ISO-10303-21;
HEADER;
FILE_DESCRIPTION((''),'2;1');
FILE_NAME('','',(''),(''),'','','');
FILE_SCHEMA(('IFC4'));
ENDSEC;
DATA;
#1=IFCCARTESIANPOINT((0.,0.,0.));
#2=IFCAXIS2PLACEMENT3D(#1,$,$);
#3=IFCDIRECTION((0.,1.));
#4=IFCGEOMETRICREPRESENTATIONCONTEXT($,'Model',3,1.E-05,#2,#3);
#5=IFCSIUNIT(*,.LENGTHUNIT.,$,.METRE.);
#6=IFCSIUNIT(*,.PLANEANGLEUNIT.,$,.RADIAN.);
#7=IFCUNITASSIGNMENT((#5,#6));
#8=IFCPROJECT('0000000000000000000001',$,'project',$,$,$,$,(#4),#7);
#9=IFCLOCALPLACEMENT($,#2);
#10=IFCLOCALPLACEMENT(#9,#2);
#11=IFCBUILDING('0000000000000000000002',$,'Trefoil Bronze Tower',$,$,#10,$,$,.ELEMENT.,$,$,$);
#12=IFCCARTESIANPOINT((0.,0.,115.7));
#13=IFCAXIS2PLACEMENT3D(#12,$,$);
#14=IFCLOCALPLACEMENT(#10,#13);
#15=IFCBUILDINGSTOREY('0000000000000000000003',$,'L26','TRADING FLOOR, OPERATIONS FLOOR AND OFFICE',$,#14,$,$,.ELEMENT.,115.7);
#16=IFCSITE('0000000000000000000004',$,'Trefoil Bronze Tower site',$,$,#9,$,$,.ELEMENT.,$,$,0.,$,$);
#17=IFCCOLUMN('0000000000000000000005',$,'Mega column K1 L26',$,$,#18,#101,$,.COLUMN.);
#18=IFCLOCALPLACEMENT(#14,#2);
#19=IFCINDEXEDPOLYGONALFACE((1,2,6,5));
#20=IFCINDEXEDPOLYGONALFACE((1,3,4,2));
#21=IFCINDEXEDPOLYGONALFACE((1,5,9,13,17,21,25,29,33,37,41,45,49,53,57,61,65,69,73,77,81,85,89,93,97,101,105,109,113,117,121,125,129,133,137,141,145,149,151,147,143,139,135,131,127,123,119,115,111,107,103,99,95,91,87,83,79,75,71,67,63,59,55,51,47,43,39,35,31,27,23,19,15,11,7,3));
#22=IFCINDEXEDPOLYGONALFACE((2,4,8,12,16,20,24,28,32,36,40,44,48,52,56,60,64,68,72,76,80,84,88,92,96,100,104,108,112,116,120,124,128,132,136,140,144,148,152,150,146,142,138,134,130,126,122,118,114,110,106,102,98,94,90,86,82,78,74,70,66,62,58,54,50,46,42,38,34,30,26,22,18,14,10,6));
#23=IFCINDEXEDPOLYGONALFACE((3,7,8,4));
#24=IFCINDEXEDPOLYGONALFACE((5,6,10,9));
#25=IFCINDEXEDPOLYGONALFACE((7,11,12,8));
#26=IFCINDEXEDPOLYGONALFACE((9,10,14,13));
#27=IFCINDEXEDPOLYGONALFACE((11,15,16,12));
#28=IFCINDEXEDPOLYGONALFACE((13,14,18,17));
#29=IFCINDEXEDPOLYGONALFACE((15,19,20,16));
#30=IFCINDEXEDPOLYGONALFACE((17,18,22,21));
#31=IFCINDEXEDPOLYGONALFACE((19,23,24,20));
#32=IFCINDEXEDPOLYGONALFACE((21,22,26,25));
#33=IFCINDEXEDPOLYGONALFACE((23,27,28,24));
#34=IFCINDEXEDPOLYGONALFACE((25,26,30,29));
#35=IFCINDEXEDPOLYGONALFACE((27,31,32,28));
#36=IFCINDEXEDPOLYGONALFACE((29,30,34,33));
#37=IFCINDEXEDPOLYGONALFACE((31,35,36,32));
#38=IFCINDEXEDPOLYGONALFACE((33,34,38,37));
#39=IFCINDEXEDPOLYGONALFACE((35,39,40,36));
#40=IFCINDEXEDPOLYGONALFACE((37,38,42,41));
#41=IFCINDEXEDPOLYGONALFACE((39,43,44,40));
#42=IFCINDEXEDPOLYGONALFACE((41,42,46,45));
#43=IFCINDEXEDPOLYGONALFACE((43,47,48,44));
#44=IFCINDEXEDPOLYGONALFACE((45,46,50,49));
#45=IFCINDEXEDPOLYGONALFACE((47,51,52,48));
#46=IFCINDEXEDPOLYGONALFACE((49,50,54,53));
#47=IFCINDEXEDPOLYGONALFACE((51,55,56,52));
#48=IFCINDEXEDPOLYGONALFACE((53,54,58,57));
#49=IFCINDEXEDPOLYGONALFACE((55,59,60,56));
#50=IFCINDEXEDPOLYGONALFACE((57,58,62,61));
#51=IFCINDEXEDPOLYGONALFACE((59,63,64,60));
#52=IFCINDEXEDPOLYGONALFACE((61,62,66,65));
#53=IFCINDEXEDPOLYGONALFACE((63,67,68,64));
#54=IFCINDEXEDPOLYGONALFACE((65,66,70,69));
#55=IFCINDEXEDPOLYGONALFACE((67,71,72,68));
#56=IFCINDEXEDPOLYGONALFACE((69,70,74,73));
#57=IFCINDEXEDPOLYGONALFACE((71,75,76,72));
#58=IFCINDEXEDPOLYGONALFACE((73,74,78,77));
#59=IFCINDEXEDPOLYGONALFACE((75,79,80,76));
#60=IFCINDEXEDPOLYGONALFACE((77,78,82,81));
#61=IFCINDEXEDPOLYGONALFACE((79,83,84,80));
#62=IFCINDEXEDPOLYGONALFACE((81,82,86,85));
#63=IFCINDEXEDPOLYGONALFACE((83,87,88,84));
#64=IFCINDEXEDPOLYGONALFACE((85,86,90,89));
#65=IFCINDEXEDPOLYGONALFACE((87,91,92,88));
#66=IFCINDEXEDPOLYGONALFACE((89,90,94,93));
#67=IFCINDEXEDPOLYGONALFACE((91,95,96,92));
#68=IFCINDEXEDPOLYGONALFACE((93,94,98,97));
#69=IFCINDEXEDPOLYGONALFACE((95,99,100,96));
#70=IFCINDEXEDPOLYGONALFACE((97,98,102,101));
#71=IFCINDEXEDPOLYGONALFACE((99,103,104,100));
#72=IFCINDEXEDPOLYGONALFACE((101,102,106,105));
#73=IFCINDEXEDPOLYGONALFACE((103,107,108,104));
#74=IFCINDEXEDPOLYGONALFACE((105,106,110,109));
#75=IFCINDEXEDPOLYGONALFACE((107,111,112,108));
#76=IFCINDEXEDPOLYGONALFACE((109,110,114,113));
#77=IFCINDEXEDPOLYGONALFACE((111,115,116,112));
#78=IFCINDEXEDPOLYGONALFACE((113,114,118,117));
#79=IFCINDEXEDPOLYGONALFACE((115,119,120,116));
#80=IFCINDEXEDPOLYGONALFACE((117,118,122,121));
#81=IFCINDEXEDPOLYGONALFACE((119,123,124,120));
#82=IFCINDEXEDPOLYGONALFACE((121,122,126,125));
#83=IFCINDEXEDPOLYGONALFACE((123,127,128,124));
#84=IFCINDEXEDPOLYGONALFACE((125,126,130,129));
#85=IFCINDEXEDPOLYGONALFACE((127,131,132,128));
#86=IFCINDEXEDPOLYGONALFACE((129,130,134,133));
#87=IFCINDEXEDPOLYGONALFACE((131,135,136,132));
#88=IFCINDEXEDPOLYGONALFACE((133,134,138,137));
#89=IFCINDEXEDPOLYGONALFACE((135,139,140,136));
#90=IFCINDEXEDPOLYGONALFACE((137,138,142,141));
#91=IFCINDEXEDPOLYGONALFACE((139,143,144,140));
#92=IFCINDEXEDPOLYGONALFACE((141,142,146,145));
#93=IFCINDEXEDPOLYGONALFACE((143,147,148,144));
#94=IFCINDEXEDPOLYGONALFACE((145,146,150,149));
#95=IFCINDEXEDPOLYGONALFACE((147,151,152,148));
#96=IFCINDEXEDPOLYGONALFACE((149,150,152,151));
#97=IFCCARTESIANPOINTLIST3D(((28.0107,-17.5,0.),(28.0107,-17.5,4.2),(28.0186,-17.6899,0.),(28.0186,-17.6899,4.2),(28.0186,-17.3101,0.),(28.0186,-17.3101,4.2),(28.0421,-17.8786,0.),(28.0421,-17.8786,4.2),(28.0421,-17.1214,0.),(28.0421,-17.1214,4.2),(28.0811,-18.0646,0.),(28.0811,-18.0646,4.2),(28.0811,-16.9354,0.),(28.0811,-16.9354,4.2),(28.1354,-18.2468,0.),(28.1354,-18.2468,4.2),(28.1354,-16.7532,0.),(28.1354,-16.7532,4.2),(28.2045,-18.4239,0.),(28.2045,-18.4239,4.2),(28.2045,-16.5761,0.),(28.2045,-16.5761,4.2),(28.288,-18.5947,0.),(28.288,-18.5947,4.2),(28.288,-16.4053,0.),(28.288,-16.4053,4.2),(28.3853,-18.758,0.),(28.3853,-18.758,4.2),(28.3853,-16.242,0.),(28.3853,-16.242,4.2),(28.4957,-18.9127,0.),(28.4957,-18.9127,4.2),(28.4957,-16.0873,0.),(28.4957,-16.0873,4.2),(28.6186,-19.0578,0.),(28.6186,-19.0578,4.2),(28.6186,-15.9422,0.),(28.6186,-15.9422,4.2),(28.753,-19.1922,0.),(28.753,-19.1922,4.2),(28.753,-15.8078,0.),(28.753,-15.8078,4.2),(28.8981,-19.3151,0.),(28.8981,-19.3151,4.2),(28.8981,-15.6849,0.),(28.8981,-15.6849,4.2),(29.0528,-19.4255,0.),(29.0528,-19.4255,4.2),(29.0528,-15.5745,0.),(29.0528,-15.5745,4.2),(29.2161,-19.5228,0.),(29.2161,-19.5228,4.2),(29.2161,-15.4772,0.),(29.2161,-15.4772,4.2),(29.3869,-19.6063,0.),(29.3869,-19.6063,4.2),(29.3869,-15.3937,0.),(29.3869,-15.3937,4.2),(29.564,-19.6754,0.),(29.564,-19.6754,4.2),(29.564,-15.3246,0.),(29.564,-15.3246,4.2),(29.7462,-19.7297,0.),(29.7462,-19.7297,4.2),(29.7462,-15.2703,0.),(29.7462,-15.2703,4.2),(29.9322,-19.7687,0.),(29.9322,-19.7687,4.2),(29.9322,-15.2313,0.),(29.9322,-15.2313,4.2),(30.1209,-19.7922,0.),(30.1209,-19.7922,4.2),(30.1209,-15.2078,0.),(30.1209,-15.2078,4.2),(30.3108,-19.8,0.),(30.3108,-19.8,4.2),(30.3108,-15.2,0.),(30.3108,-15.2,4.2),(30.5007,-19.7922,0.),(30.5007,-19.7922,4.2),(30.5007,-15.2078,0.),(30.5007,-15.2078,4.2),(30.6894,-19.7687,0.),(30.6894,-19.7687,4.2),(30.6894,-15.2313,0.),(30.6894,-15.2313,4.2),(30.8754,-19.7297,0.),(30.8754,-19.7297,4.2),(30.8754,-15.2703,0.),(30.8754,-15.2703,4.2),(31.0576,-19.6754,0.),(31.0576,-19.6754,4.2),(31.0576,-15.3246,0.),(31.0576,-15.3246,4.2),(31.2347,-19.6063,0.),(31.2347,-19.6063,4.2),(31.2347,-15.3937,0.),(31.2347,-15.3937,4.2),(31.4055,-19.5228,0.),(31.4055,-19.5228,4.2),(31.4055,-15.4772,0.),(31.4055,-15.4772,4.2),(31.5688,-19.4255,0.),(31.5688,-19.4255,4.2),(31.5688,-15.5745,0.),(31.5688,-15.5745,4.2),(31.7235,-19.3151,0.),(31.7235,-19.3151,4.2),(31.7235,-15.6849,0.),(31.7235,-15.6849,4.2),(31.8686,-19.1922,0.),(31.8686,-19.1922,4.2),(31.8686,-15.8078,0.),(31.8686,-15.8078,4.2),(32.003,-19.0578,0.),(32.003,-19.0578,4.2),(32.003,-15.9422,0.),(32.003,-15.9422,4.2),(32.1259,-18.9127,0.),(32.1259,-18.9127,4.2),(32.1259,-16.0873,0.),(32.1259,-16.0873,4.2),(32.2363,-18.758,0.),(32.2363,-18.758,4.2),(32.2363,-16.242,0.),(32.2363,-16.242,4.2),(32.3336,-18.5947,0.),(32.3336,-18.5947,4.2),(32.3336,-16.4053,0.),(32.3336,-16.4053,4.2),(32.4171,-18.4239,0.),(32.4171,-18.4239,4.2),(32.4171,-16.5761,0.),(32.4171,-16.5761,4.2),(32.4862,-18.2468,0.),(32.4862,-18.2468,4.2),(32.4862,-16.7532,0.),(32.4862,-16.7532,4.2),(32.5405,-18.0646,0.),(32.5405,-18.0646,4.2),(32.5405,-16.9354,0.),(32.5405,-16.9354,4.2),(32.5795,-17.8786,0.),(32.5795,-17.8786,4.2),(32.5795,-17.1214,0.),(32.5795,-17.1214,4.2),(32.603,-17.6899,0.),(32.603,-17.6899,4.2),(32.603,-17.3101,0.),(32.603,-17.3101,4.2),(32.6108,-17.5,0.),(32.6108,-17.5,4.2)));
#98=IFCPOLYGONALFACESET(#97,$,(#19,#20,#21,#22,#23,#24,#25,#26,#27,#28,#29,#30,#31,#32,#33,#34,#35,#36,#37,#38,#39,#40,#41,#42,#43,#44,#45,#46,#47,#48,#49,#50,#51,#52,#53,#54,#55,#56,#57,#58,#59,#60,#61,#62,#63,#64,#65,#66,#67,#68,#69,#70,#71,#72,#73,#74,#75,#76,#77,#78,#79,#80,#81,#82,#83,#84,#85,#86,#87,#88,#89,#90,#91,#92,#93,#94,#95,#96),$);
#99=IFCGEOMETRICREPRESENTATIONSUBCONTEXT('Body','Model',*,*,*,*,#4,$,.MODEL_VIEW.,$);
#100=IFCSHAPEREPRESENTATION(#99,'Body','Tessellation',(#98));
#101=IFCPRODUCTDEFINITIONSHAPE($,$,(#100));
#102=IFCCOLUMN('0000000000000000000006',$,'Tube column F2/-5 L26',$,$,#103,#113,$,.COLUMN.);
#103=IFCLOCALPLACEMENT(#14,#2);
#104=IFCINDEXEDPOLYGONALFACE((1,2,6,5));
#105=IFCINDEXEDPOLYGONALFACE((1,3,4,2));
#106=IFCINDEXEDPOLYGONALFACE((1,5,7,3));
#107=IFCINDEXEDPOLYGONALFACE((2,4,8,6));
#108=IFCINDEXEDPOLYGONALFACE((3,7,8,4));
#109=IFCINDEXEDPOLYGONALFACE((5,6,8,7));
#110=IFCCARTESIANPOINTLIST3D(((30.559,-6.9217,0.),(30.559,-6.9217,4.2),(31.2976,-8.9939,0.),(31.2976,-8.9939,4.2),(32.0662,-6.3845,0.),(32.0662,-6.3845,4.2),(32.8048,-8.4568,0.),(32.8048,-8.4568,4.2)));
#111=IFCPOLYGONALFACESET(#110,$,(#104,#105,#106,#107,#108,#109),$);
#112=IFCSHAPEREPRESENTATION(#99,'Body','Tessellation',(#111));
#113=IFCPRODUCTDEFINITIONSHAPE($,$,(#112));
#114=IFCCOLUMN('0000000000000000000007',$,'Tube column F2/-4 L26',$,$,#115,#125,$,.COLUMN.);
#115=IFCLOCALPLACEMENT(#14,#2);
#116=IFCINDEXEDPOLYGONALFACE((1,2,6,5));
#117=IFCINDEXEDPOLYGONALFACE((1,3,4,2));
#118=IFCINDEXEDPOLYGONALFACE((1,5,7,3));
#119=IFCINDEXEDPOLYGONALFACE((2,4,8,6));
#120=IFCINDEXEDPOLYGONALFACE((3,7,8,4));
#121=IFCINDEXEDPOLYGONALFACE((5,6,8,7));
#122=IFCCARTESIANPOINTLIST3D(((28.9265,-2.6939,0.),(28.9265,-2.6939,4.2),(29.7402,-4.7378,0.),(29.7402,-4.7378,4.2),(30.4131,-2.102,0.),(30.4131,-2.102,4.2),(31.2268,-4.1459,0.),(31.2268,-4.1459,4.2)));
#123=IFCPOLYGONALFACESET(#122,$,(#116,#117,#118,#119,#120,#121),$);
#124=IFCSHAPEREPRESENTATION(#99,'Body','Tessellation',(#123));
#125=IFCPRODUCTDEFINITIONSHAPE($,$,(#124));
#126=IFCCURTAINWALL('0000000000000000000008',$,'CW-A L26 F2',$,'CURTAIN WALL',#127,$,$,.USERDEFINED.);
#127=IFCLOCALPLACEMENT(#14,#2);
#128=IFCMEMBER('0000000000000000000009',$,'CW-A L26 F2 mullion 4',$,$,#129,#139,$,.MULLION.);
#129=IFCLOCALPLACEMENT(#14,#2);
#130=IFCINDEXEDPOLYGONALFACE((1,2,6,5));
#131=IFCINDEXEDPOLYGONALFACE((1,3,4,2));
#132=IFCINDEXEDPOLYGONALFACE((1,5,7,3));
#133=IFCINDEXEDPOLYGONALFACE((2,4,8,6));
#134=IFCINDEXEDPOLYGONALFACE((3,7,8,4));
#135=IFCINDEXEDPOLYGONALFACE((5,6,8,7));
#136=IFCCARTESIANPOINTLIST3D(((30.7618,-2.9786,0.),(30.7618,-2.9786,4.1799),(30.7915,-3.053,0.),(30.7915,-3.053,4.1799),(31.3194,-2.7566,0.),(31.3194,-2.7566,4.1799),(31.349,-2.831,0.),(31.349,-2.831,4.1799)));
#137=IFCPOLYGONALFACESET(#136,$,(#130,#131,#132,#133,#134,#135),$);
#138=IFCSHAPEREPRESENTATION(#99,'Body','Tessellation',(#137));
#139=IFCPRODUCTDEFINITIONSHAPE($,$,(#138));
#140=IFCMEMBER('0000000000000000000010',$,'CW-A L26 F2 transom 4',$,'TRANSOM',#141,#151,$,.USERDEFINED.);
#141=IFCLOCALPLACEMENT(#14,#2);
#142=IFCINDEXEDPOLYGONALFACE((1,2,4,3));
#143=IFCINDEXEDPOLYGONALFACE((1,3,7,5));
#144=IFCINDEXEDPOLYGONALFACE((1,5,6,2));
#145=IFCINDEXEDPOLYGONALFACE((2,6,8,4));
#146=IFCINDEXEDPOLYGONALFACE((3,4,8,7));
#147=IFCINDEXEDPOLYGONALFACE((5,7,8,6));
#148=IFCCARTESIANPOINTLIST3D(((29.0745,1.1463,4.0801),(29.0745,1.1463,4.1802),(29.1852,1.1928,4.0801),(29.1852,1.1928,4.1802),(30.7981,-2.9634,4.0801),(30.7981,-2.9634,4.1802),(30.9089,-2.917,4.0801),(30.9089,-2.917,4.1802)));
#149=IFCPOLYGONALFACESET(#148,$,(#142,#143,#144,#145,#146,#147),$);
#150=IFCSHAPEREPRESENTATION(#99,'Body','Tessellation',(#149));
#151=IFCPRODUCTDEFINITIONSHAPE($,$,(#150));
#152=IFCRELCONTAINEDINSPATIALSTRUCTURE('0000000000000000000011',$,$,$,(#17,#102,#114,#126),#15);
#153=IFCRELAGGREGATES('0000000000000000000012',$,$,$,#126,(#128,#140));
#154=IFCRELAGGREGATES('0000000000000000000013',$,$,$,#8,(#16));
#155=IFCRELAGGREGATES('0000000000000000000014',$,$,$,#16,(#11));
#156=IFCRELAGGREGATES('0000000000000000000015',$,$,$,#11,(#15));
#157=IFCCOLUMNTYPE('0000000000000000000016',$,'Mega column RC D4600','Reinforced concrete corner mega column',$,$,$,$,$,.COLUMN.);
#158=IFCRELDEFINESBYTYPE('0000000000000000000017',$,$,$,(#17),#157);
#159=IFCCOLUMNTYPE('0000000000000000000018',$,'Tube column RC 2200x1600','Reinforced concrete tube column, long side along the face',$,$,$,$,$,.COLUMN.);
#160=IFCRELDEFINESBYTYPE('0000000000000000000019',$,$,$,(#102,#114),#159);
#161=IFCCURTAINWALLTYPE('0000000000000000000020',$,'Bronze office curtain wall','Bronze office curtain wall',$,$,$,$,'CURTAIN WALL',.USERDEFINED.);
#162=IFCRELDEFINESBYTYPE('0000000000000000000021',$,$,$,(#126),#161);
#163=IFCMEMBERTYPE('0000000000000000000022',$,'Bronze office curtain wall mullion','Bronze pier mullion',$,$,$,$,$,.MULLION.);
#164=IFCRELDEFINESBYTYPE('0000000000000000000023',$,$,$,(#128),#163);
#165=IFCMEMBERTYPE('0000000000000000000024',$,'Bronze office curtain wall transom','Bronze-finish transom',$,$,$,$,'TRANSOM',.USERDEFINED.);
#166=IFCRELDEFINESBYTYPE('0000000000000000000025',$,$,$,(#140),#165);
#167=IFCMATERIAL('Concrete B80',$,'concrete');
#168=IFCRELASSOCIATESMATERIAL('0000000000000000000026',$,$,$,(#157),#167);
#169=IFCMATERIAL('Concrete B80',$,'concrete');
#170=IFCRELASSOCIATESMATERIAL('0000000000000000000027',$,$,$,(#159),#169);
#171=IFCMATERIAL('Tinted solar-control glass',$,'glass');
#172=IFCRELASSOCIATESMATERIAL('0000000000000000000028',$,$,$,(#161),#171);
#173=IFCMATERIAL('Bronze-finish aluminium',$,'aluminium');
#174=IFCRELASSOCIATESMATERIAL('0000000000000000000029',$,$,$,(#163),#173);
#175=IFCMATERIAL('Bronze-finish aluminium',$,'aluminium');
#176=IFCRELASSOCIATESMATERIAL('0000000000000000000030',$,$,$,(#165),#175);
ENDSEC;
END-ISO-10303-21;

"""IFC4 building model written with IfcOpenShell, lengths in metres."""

from ifc_helpers import new_model, si_unit, direction, frame, origin, origin_2d, place, context, subcontext, project, spatial, rectangle, circle, extrude, material, material_profile, profile_set, type_object, element, aggregate, save


model = new_model("IFC4")

# Units and contexts
model_context = context("Model", 3, precision=1e-05, world=origin(), true_north=direction((0.0, 1.0)))
body_context = subcontext(model_context, "Body", "Model", "MODEL_VIEW")
ifc_project = project(units=[si_unit("LENGTHUNIT", "METRE"), si_unit("PLANEANGLEUNIT", "RADIAN")], contexts=[model_context])

# Site, building, storey
site_placement = place(None, origin())
site = spatial("IfcSite", under=ifc_project, at=site_placement, Name="Trefoil Bronze Tower site", CompositionType="ELEMENT", RefElevation=0.0)
building_placement = place(site_placement, origin())
building = spatial("IfcBuilding", under=site, at=building_placement, Name="Trefoil Bronze Tower", CompositionType="ELEMENT")
storey_placement = place(building_placement, frame((0.0, 0.0, 115.7)))
storey = spatial("IfcBuildingStorey", under=building, at=storey_placement, Name="L26", Description="TRADING FLOOR, OPERATIONS FLOOR AND OFFICE", CompositionType="ELEMENT", Elevation=115.7)

# Columns
ifc_material_1 = material(Name="Concrete B80", Category="concrete")
ifc_material_profile_1 = material_profile(ifc_material_1, circle(Radius=2.3, at=origin_2d()), Name="RC D4600")
ifc_profile_set_1 = profile_set([ifc_material_profile_1], Name="Concrete B80")
column_type_1 = type_object("IfcColumnType", Name="Mega column RC D4600", Description="Reinforced concrete corner mega column", PredefinedType="COLUMN", material=ifc_profile_set_1)
column_placement = place(storey_placement, frame((30.3108, -17.5, 0.0), z_axis=(0.0, 0.0, 1.0), x_axis=(1.0, 0.0, 0.0)))
element("IfcColumn", 1, at=column_placement, inside=storey, type_object=column_type_1, Name="Mega column K1 L26", PredefinedType="COLUMN", context=body_context, shape_type="SweptSolid", body=[
    extrude(circle(Radius=2.3, at=origin_2d()), origin(), (0.0, 0.0, 1.0), 4.2),
])
ifc_material_2 = material(Name="Concrete B80", Category="concrete")
ifc_material_profile_2 = material_profile(ifc_material_2, rectangle(XDim=2.2, YDim=1.6001, at=origin_2d()), Name="RC 2200x1600")
ifc_profile_set_2 = profile_set([ifc_material_profile_2], Name="Concrete B80")
column_type_2 = type_object("IfcColumnType", Name="Tube column RC 2200x1600", Description="Reinforced concrete tube column, long side along the face", PredefinedType="COLUMN", material=ifc_profile_set_2)
for number, where, z_axis, x_axis, name in (
    (2, (31.6819, -7.6892, 0.0), (0.0, 0.0, 1.0), (-0.335718, 0.941963, 0.0), "Tube column F2/-5 L26"),
    (3, (30.0767, -3.4199, 0.0), (0.0, 0.0, 1.0), (-0.369901, 0.929071, 0.0), "Tube column F2/-4 L26"),
):
    element("IfcColumn", number, at=place(storey_placement, frame(where, z_axis=z_axis, x_axis=x_axis)), inside=storey, type_object=column_type_2, Name=name, PredefinedType="COLUMN", context=body_context, shape_type="SweptSolid", body=[
        extrude(rectangle(XDim=2.2, YDim=1.6001, at=origin_2d()), origin(), (0.0, 0.0, 1.0), 4.2),
    ])

# Curtain wall, members
ifc_material_3 = material(Name="Tinted solar-control glass", Category="glass")
curtain_wall_type = type_object("IfcCurtainWallType", Name="Bronze office curtain wall", Description="Bronze office curtain wall", ElementType="CURTAIN WALL", PredefinedType="USERDEFINED", material=ifc_material_3)
curtain_wall_placement = place(storey_placement, origin())
curtain_wall = element("IfcCurtainWall", 4, at=curtain_wall_placement, inside=storey, type_object=curtain_wall_type, Name="CW-A L26 F2", ObjectType="CURTAIN WALL", PredefinedType="USERDEFINED")
ifc_material_4 = material(Name="Bronze-finish aluminium", Category="aluminium")
ifc_material_profile_3 = material_profile(ifc_material_4, rectangle(XDim=0.6001, YDim=0.0801, at=origin_2d()), Name="CW-A mullion")
ifc_profile_set_3 = profile_set([ifc_material_profile_3], Name="Bronze-finish aluminium")
member_type_1 = type_object("IfcMemberType", Name="Bronze office curtain wall mullion", Description="Bronze pier mullion", PredefinedType="MULLION", material=ifc_profile_set_3)
member_1_placement = place(storey_placement, frame((31.0554, -2.9048, 0.0), z_axis=(0.0, 0.0, 1.0), x_axis=(-0.929071, -0.369901, 0.0)))
member_1 = element("IfcMember", 5, at=member_1_placement, type_object=member_type_1, Name="CW-A L26 F2 mullion 4", PredefinedType="MULLION", context=body_context, shape_type="SweptSolid", body=[
    extrude(rectangle(XDim=0.6001, YDim=0.0801, at=origin_2d()), origin(), (0.0, 0.0, 1.0), 4.1799),
])
ifc_material_5 = material(Name="Bronze-finish aluminium", Category="aluminium")
ifc_material_profile_4 = material_profile(ifc_material_5, rectangle(XDim=0.1201, YDim=0.1001, at=origin_2d()), Name="CW-A transom")
ifc_profile_set_4 = profile_set([ifc_material_profile_4], Name="Bronze-finish aluminium")
member_type_2 = type_object("IfcMemberType", Name="Bronze office curtain wall transom", Description="Bronze-finish transom", ElementType="TRANSOM", PredefinedType="USERDEFINED", material=ifc_profile_set_4)
member_2_placement = place(storey_placement, frame((30.8535, -2.9402, 4.1301), z_axis=(-0.386773, 0.922175, 0.0), x_axis=(-0.922175, -0.386773, 0.0)))
member_2 = element("IfcMember", 6, at=member_2_placement, type_object=member_type_2, Name="CW-A L26 F2 transom 4", ObjectType="TRANSOM", PredefinedType="USERDEFINED", context=body_context, shape_type="SweptSolid", body=[
    extrude(rectangle(XDim=0.1201, YDim=0.1001, at=origin_2d()), origin(), (0.0, 0.0, 1.0), 4.4565),
])

aggregate(curtain_wall, [member_1, member_2])

save(model, "model.ifc")
